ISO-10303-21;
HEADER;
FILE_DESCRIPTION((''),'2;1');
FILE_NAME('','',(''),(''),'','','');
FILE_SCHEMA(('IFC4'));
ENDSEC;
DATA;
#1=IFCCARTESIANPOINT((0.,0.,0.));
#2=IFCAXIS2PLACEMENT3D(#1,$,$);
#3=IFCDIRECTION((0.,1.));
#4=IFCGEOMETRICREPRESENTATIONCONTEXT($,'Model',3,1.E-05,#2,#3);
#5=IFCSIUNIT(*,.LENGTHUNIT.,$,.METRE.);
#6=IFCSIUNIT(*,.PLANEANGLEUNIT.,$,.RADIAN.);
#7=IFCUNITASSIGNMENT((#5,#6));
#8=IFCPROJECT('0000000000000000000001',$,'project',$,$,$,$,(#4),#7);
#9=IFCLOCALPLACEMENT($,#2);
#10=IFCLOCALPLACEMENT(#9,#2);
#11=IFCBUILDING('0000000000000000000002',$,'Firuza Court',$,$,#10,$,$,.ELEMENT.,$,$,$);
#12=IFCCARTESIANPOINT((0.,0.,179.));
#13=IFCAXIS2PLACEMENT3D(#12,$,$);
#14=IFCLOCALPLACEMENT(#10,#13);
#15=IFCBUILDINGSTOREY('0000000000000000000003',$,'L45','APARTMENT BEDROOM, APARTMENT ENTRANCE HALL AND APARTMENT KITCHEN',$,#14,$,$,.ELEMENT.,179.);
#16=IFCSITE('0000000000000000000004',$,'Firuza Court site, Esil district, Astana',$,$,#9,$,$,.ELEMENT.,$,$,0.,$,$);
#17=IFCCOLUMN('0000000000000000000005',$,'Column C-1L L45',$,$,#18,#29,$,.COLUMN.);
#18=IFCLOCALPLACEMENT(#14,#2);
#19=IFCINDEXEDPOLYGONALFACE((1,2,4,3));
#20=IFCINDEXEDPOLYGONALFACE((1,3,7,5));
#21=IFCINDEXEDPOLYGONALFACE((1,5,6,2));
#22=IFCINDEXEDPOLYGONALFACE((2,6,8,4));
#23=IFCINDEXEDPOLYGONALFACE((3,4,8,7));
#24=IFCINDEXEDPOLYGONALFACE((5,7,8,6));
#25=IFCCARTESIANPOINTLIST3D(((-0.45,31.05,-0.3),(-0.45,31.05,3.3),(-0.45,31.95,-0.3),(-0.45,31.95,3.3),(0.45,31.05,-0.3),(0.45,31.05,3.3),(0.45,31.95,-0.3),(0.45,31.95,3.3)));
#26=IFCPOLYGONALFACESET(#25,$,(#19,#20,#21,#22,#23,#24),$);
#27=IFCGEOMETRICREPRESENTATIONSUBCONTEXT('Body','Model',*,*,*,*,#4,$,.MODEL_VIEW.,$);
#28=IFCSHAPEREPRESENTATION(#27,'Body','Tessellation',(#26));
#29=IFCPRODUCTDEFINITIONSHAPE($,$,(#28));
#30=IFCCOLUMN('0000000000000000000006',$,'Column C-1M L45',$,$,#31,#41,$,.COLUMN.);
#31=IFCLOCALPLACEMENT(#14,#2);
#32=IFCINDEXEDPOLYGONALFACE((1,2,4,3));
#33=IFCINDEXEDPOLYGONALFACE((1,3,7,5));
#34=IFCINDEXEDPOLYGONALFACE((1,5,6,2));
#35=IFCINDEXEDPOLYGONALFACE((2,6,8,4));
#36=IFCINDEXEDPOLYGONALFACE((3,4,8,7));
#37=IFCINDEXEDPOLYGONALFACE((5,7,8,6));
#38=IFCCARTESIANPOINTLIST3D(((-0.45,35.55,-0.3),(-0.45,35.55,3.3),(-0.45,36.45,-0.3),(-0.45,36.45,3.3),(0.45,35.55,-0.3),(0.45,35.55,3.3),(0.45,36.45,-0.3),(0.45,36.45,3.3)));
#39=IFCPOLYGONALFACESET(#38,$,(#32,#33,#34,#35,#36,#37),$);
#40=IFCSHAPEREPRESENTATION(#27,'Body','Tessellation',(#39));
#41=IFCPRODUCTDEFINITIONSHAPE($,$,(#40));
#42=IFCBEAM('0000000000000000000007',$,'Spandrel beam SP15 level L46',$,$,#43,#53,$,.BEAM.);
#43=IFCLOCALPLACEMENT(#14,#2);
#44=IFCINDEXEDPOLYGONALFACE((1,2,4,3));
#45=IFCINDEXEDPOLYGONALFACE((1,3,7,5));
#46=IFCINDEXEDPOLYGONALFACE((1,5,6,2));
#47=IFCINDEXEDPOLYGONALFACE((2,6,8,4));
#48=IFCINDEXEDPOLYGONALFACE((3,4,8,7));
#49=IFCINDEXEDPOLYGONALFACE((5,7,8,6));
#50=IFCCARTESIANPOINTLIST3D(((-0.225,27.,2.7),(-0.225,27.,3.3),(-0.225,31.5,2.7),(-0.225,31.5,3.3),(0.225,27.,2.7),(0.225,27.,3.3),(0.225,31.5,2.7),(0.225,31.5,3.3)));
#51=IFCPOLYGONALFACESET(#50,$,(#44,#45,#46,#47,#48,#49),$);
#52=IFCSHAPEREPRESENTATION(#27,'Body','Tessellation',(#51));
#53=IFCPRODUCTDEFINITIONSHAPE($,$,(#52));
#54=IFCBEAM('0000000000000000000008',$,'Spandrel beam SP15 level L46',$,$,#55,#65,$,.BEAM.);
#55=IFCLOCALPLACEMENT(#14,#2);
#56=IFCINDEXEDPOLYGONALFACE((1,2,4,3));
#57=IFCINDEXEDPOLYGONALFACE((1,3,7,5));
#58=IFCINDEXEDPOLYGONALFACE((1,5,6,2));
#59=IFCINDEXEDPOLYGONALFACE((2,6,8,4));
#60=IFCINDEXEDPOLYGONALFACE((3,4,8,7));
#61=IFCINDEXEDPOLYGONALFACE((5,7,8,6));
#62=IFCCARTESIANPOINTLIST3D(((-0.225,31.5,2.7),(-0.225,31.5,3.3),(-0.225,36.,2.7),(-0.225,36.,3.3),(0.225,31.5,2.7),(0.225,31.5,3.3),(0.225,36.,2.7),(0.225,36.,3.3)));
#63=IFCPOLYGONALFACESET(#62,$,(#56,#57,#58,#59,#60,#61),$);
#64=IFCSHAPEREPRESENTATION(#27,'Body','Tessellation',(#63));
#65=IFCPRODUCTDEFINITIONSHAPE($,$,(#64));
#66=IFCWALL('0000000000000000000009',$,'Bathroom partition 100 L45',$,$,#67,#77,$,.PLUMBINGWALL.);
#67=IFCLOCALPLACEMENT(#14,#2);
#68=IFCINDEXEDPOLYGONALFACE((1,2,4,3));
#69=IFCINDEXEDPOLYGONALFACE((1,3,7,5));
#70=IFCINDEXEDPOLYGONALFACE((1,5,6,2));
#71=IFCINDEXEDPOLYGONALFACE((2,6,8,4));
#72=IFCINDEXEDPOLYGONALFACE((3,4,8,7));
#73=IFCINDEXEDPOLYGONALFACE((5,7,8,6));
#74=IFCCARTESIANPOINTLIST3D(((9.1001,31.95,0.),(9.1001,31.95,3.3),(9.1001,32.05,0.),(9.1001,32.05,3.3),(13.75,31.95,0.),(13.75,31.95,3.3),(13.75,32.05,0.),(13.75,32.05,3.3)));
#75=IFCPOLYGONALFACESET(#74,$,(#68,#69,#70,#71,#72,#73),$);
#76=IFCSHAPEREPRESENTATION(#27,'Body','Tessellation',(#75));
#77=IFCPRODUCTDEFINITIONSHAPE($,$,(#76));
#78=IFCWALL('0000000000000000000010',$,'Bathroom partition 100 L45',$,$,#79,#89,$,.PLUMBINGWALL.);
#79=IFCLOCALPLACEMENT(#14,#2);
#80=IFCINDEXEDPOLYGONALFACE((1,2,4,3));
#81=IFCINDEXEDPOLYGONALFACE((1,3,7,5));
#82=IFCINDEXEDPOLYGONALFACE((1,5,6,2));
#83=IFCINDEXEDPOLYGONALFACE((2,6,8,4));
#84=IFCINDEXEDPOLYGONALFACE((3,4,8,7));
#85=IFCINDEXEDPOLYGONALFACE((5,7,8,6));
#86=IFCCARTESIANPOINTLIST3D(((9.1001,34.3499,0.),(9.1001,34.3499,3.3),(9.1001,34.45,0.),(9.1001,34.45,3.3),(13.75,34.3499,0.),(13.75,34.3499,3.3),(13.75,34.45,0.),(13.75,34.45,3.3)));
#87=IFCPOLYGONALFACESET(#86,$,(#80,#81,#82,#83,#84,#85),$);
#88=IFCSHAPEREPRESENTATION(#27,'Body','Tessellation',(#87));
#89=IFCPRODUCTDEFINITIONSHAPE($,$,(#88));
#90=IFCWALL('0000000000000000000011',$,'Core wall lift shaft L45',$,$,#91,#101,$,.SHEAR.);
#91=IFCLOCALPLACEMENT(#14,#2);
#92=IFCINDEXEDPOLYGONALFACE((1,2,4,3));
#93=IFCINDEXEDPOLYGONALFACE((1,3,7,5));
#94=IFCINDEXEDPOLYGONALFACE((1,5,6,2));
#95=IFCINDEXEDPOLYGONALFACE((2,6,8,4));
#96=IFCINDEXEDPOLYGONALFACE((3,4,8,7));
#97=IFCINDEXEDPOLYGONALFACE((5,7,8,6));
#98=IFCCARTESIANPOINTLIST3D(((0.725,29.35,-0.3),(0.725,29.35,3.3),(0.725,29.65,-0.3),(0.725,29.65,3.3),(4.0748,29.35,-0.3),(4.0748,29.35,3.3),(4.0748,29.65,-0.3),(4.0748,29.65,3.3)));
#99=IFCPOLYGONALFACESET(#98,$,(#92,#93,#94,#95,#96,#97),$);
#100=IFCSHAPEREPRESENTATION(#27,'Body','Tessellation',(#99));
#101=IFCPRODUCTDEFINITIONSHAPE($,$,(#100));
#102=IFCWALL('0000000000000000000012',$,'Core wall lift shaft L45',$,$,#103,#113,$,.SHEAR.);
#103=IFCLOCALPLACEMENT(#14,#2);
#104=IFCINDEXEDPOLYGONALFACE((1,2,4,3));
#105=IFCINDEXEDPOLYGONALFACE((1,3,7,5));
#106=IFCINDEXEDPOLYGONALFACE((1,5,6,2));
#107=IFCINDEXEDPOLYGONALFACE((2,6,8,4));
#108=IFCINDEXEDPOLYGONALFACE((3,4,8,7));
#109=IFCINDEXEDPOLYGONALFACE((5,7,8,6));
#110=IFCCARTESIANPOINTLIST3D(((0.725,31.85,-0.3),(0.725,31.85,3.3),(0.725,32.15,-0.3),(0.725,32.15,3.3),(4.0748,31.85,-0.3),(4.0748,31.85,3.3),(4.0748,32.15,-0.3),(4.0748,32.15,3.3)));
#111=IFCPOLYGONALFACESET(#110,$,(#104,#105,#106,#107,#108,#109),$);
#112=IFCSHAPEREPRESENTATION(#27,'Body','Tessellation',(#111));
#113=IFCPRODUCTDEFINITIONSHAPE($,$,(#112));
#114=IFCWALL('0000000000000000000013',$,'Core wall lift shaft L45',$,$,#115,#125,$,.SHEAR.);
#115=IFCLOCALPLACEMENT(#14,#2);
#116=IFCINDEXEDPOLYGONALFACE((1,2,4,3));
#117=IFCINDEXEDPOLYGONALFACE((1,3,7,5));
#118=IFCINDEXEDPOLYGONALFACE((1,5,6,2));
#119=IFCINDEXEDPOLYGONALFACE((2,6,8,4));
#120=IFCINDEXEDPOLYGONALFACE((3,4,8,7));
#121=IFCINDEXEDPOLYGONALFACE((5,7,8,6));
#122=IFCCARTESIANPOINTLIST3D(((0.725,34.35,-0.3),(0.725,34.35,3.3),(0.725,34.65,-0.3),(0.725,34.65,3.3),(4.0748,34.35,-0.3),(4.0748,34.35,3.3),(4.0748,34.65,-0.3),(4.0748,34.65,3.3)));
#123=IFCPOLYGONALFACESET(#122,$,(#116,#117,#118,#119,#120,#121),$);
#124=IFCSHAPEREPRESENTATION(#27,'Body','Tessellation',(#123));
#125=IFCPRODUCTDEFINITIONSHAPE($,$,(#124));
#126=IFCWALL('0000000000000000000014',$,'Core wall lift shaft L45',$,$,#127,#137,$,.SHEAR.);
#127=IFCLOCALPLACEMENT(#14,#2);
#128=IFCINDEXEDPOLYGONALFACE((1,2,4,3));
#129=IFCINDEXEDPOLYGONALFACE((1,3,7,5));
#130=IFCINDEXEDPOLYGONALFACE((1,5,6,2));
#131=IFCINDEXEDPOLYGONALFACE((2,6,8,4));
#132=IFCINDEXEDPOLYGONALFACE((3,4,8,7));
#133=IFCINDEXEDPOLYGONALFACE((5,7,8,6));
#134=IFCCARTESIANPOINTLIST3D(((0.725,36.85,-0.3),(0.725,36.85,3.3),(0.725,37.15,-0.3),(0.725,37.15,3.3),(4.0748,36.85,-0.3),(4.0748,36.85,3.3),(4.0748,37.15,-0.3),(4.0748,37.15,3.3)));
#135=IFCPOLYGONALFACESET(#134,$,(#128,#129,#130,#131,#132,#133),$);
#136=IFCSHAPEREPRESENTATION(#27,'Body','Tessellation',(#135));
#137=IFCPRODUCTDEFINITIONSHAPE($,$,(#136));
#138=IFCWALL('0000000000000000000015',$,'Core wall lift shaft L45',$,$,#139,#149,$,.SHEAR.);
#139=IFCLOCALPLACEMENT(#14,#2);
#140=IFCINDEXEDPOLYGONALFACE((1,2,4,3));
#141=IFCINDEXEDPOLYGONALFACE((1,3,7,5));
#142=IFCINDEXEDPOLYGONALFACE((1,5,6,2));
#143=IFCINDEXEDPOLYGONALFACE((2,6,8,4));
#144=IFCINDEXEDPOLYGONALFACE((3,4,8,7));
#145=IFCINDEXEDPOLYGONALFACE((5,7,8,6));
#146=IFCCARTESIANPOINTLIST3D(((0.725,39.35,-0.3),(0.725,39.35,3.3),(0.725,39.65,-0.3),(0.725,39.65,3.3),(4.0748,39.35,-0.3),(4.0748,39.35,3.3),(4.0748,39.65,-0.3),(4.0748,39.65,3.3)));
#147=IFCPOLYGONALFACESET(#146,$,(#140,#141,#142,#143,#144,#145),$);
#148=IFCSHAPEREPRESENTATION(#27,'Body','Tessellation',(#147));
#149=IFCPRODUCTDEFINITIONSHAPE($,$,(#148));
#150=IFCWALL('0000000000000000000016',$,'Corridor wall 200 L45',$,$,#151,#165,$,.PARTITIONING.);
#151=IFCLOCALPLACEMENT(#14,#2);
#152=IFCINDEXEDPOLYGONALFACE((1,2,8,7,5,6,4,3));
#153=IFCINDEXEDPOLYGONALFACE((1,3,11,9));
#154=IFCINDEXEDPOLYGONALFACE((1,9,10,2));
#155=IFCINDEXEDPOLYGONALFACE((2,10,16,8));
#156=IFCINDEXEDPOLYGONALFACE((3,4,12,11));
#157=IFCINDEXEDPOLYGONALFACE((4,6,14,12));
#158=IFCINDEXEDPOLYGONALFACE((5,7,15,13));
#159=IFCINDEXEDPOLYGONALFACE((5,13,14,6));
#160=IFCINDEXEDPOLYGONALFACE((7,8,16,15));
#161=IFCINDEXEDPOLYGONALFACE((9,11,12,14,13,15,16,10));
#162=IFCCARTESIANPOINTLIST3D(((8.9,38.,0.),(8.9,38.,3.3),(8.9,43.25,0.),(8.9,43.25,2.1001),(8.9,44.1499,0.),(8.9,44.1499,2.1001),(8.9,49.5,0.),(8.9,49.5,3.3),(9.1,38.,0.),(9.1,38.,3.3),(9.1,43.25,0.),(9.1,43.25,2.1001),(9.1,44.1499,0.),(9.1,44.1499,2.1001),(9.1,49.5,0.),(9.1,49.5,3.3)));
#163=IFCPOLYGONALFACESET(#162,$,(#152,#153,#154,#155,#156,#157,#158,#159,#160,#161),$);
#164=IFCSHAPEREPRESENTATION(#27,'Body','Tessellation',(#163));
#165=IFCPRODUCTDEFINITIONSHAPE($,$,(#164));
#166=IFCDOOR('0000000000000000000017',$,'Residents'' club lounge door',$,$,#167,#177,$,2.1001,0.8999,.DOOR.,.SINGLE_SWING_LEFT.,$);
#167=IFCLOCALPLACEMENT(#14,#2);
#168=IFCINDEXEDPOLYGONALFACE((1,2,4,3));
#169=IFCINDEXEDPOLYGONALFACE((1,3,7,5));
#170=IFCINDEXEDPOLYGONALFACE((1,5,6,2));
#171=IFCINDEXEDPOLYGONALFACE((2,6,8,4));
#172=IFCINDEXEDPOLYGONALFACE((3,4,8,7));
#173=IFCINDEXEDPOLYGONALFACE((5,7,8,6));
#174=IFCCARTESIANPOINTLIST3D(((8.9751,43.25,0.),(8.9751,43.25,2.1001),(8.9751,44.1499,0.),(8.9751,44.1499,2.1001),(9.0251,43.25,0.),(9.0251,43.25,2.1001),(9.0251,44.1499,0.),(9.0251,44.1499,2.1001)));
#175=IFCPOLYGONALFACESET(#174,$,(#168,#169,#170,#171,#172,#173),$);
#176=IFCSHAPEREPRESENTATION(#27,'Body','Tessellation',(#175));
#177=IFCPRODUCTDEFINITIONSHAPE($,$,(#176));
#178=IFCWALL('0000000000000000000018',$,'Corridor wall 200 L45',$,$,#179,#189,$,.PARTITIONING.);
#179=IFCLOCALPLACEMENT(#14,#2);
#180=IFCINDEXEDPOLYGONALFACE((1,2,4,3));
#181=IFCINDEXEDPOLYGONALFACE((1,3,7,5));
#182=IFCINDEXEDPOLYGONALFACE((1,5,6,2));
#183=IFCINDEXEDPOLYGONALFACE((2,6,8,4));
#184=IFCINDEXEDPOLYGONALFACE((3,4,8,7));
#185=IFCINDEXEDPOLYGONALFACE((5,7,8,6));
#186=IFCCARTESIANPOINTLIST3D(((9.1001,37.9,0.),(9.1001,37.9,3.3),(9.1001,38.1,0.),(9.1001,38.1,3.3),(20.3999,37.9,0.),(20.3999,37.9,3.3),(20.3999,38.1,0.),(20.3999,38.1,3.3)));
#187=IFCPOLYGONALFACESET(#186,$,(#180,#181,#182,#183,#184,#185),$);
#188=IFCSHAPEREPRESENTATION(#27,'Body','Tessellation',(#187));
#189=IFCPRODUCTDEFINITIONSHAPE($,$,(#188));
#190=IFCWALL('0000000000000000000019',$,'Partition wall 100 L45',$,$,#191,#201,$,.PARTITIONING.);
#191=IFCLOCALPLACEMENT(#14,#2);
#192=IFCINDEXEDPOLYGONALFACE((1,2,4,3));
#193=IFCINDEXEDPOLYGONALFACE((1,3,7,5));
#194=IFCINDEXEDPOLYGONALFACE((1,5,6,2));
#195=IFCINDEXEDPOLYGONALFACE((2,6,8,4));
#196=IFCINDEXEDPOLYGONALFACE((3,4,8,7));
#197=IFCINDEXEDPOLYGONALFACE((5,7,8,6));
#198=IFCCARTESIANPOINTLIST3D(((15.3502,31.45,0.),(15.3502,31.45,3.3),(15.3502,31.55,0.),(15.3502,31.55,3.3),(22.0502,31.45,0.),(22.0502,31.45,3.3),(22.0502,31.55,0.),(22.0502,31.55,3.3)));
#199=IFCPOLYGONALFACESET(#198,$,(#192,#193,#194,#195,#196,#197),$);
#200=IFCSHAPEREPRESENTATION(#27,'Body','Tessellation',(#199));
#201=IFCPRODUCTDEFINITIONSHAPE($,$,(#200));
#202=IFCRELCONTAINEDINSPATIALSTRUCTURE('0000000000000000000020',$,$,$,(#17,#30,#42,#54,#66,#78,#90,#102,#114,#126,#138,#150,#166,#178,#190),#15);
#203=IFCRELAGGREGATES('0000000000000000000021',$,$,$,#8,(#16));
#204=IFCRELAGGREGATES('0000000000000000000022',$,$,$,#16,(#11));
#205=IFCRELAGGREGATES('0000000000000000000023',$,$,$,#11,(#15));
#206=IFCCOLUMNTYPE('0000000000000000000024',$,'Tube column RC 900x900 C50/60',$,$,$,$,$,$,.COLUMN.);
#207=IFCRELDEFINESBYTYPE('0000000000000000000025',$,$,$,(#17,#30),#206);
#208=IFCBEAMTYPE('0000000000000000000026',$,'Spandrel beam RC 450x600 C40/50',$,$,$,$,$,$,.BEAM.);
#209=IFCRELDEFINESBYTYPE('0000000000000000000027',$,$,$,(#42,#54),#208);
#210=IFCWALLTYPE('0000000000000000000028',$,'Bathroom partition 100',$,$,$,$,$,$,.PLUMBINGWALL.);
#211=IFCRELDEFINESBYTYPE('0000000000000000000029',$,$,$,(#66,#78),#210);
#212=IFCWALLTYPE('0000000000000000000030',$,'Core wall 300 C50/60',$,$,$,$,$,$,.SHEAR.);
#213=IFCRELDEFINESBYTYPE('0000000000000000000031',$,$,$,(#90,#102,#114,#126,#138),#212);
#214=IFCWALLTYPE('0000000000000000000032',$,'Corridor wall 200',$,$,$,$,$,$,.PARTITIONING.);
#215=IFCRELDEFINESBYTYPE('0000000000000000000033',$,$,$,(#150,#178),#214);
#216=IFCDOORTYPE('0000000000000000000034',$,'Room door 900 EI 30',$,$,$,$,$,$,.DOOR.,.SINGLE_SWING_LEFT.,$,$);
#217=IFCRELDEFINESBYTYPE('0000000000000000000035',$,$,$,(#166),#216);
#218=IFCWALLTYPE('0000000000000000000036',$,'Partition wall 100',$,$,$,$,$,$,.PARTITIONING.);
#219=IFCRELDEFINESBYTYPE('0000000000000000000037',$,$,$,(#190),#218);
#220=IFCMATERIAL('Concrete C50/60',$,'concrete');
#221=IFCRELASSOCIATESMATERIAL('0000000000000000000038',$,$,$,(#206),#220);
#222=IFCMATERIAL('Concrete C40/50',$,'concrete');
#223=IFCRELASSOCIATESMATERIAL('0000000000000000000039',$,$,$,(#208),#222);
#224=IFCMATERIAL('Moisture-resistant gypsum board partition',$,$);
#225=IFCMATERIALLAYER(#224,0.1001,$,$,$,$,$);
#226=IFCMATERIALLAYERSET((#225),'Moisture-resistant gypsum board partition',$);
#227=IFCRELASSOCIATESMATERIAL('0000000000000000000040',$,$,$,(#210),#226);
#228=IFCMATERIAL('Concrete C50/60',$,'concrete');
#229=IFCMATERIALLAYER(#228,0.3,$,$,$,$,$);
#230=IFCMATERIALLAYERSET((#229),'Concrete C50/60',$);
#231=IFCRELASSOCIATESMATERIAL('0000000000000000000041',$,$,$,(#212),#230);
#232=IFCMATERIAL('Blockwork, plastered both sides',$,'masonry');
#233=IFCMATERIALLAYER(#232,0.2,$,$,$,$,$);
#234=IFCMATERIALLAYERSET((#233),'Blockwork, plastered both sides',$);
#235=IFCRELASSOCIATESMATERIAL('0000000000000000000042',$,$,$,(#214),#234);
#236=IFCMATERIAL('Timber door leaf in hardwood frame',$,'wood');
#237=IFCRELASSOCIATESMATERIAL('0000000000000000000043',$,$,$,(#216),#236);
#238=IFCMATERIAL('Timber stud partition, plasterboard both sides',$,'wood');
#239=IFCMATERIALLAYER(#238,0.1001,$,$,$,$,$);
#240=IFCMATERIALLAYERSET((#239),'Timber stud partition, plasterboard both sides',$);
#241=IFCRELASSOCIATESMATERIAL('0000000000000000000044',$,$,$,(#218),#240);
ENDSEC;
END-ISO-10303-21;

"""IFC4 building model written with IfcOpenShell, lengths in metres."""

from ifc_helpers import new_model, si_unit, direction, frame, frame_2d, origin, origin_2d, place, context, subcontext, project, spatial, rectangle, extrude, material, layer, layer_set, material_profile, profile_set, type_object, element, fill, save


model = new_model("IFC4")

# Units and contexts
model_context = context("Model", 3, precision=1e-05, world=origin(), true_north=direction((0.0, 1.0)))
body_context = subcontext(model_context, "Body", "Model", "MODEL_VIEW")
ifc_project = project(units=[si_unit("LENGTHUNIT", "METRE"), si_unit("PLANEANGLEUNIT", "RADIAN")], contexts=[model_context])

# Site, building, storey
site_placement = place(None, origin())
site = spatial("IfcSite", under=ifc_project, at=site_placement, Name="Firuza Court site, Esil district, Astana", CompositionType="ELEMENT", RefElevation=0.0)
building_placement = place(site_placement, origin())
building = spatial("IfcBuilding", under=site, at=building_placement, Name="Firuza Court", CompositionType="ELEMENT")
storey_placement = place(building_placement, frame((0.0, 0.0, 179.0)))
storey = spatial("IfcBuildingStorey", under=building, at=storey_placement, Name="L45", Description="APARTMENT BEDROOM, APARTMENT ENTRANCE HALL AND APARTMENT KITCHEN", CompositionType="ELEMENT", Elevation=179.0)

# Columns
ifc_material_1 = material(Name="Concrete C50/60", Category="concrete")
ifc_material_profile_1 = material_profile(ifc_material_1, rectangle(XDim=0.8999, YDim=0.8999, at=origin_2d()), Name="RC 900x900")
ifc_profile_set_1 = profile_set([ifc_material_profile_1], Name="Concrete C50/60")
column_type = type_object("IfcColumnType", Name="Tube column RC 900x900 C50/60", PredefinedType="COLUMN", material=ifc_profile_set_1)
for number, where, z_axis, x_axis, name in (
    (1, (0.0, 31.5, -0.3), (0.0, 0.0, 1.0), (1.0, 0.0, 0.0), "Column C-1L L45"),
    (2, (0.0, 36.0, -0.3), (0.0, 0.0, 1.0), (1.0, 0.0, 0.0), "Column C-1M L45"),
):
    element("IfcColumn", number, at=place(storey_placement, frame(where, z_axis=z_axis, x_axis=x_axis)), inside=storey, type_object=column_type, Name=name, PredefinedType="COLUMN", context=body_context, shape_type="SweptSolid", body=[
        extrude(rectangle(XDim=0.8999, YDim=0.8999, at=origin_2d()), origin(), (0.0, 0.0, 1.0), 3.6001),
    ])

# Beams
ifc_material_2 = material(Name="Concrete C40/50", Category="concrete")
ifc_material_profile_2 = material_profile(ifc_material_2, rectangle(XDim=0.45, YDim=0.6001, at=origin_2d()), Name="RC 450x600")
ifc_profile_set_2 = profile_set([ifc_material_profile_2], Name="Concrete C40/50")
beam_type = type_object("IfcBeamType", Name="Spandrel beam RC 450x600 C40/50", PredefinedType="BEAM", material=ifc_profile_set_2)
for number, where, z_axis, x_axis, name in (
    (3, (0.0, 31.5, 3.0), (0.0, -1.0, 0.0), (1.0, 0.0, 0.0), "Spandrel beam SP15 level L46"),
    (4, (0.0, 36.0, 3.0), (0.0, -1.0, 0.0), (1.0, 0.0, 0.0), "Spandrel beam SP15 level L46"),
):
    element("IfcBeam", number, at=place(storey_placement, frame(where, z_axis=z_axis, x_axis=x_axis)), inside=storey, type_object=beam_type, Name=name, PredefinedType="BEAM", context=body_context, shape_type="SweptSolid", body=[
        extrude(rectangle(XDim=0.45, YDim=0.6001, at=origin_2d()), origin(), (0.0, 0.0, 1.0), 4.5),
    ])

# Walls
ifc_material_3 = material(Name="Moisture-resistant gypsum board partition")
ifc_layer_1 = layer(ifc_material_3, 0.1001)
ifc_layer_set_1 = layer_set([ifc_layer_1], Name="Moisture-resistant gypsum board partition")
wall_type_1 = type_object("IfcWallType", Name="Bathroom partition 100", PredefinedType="PLUMBINGWALL", material=ifc_layer_set_1)
for number, where, z_axis, x_axis, name in (
    (5, (9.1001, 32.0, 0.0), (0.0, 0.0, 1.0), (1.0, 0.0, 0.0), "Bathroom partition 100 L45"),
    (6, (9.1001, 34.3999, 0.0), (0.0, 0.0, 1.0), (1.0, 0.0, 0.0), "Bathroom partition 100 L45"),
):
    element("IfcWall", number, at=place(storey_placement, frame(where, z_axis=z_axis, x_axis=x_axis)), inside=storey, type_object=wall_type_1, Name=name, PredefinedType="PLUMBINGWALL", context=body_context, shape_type="SweptSolid", body=[
        extrude(rectangle(XDim=4.6499, YDim=0.1001, at=frame_2d((2.325, 0.0))), origin(), (0.0, 0.0, 1.0), 3.3),
    ])
ifc_material_4 = material(Name="Concrete C50/60", Category="concrete")
ifc_layer_2 = layer(ifc_material_4, 0.3)
ifc_layer_set_2 = layer_set([ifc_layer_2], Name="Concrete C50/60")
wall_type_2 = type_object("IfcWallType", Name="Core wall 300 C50/60", PredefinedType="SHEAR", material=ifc_layer_set_2)
for number, where, z_axis, x_axis, name in (
    (7, (0.7251, 29.5, -0.3), (0.0, 0.0, 1.0), (1.0, 0.0, 0.0), "Core wall lift shaft L45"),
    (8, (0.7251, 32.0, -0.3), (0.0, 0.0, 1.0), (1.0, 0.0, 0.0), "Core wall lift shaft L45"),
    (9, (0.7251, 34.5, -0.3), (0.0, 0.0, 1.0), (1.0, 0.0, 0.0), "Core wall lift shaft L45"),
    (10, (0.7251, 37.0, -0.3), (0.0, 0.0, 1.0), (1.0, 0.0, 0.0), "Core wall lift shaft L45"),
    (11, (0.7251, 39.5, -0.3), (0.0, 0.0, 1.0), (1.0, 0.0, 0.0), "Core wall lift shaft L45"),
):
    element("IfcWall", number, at=place(storey_placement, frame(where, z_axis=z_axis, x_axis=x_axis)), inside=storey, type_object=wall_type_2, Name=name, PredefinedType="SHEAR", context=body_context, shape_type="SweptSolid", body=[
        extrude(rectangle(XDim=3.3499, YDim=0.3, at=frame_2d((1.6748, 0.0))), origin(), (0.0, 0.0, 1.0), 3.6001),
    ])

# Wall, opening, door
ifc_material_5 = material(Name="Blockwork, plastered both sides", Category="masonry")
ifc_layer_3 = layer(ifc_material_5, 0.2)
ifc_layer_set_3 = layer_set([ifc_layer_3], Name="Blockwork, plastered both sides")
wall_type_3 = type_object("IfcWallType", Name="Corridor wall 200", PredefinedType="PARTITIONING", material=ifc_layer_set_3)
wall_1_placement = place(storey_placement, frame((9.0, 38.0, 0.0), z_axis=(0.0, 0.0, 1.0), x_axis=(0.0, 1.0, 0.0)))
wall_1 = element("IfcWall", 12, at=wall_1_placement, inside=storey, type_object=wall_type_3, Name="Corridor wall 200 L45", PredefinedType="PARTITIONING", context=body_context, shape_type="SweptSolid", body=[
    extrude(rectangle(XDim=11.5, YDim=0.2, at=frame_2d((5.75, 0.0))), origin(), (0.0, 0.0, 1.0), 3.3),
])
opening_1_placement = place(wall_1_placement, frame((5.25, 0.0, 0.0)))
opening_1 = element("IfcOpeningElement", 13, at=opening_1_placement, cuts=wall_1, PredefinedType="OPENING", context=body_context, shape_type="SweptSolid", body=[
    extrude(rectangle(XDim=0.8999, YDim=2.1001, at=frame_2d((0.45, 1.05))), frame((0.0, 0.1118, 0.0), z_axis=(0.0, -1.0, 0.0), x_axis=(1.0, 0.0, 0.0)), (0.0, 0.0, 1.0), 0.2239),
])
ifc_material_6 = material(Name="Timber door leaf in hardwood frame", Category="wood")
door_type_1 = type_object("IfcDoorType", Name="Room door 900 EI 30", OperationType="SINGLE_SWING_LEFT", PredefinedType="DOOR", material=ifc_material_6)
door_1_placement = place(opening_1_placement, origin())
door_1 = element("IfcDoor", 14, at=door_1_placement, inside=storey, type_object=door_type_1, Name="Residents' club lounge door", OperationType="SINGLE_SWING_LEFT", OverallHeight=2.1001, OverallWidth=0.8999, PredefinedType="DOOR", context=body_context, shape_type="SweptSolid", body=[
    extrude(rectangle(XDim=0.8999, YDim=2.1001, at=frame_2d((0.45, 1.05))), frame((0.0, 0.0249, 0.0), z_axis=(0.0, -1.0, 0.0), x_axis=(1.0, 0.0, 0.0)), (0.0, 0.0, 1.0), 0.05),
])
fill(opening_1, door_1)

# Walls
wall_2_placement = place(storey_placement, frame((9.1001, 38.0, 0.0), z_axis=(0.0, 0.0, 1.0), x_axis=(1.0, 0.0, 0.0)))
element("IfcWall", 15, at=wall_2_placement, inside=storey, type_object=wall_type_3, Name="Corridor wall 200 L45", PredefinedType="PARTITIONING", context=body_context, shape_type="SweptSolid", body=[
    extrude(rectangle(XDim=11.2998, YDim=0.2, at=frame_2d((5.6499, 0.0))), origin(), (0.0, 0.0, 1.0), 3.3),
])
ifc_material_7 = material(Name="Timber stud partition, plasterboard both sides", Category="wood")
ifc_layer_4 = layer(ifc_material_7, 0.1001)
ifc_layer_set_4 = layer_set([ifc_layer_4], Name="Timber stud partition, plasterboard both sides")
wall_type_4 = type_object("IfcWallType", Name="Partition wall 100", PredefinedType="PARTITIONING", material=ifc_layer_set_4)
wall_3_placement = place(storey_placement, frame((15.3501, 31.5, 0.0), z_axis=(0.0, 0.0, 1.0), x_axis=(1.0, 0.0, 0.0)))
element("IfcWall", 16, at=wall_3_placement, inside=storey, type_object=wall_type_4, Name="Partition wall 100 L45", PredefinedType="PARTITIONING", context=body_context, shape_type="SweptSolid", body=[
    extrude(rectangle(XDim=6.7, YDim=0.1001, at=frame_2d((3.3501, 0.0))), origin(), (0.0, 0.0, 1.0), 3.3),
])

save(model, "model.ifc")
